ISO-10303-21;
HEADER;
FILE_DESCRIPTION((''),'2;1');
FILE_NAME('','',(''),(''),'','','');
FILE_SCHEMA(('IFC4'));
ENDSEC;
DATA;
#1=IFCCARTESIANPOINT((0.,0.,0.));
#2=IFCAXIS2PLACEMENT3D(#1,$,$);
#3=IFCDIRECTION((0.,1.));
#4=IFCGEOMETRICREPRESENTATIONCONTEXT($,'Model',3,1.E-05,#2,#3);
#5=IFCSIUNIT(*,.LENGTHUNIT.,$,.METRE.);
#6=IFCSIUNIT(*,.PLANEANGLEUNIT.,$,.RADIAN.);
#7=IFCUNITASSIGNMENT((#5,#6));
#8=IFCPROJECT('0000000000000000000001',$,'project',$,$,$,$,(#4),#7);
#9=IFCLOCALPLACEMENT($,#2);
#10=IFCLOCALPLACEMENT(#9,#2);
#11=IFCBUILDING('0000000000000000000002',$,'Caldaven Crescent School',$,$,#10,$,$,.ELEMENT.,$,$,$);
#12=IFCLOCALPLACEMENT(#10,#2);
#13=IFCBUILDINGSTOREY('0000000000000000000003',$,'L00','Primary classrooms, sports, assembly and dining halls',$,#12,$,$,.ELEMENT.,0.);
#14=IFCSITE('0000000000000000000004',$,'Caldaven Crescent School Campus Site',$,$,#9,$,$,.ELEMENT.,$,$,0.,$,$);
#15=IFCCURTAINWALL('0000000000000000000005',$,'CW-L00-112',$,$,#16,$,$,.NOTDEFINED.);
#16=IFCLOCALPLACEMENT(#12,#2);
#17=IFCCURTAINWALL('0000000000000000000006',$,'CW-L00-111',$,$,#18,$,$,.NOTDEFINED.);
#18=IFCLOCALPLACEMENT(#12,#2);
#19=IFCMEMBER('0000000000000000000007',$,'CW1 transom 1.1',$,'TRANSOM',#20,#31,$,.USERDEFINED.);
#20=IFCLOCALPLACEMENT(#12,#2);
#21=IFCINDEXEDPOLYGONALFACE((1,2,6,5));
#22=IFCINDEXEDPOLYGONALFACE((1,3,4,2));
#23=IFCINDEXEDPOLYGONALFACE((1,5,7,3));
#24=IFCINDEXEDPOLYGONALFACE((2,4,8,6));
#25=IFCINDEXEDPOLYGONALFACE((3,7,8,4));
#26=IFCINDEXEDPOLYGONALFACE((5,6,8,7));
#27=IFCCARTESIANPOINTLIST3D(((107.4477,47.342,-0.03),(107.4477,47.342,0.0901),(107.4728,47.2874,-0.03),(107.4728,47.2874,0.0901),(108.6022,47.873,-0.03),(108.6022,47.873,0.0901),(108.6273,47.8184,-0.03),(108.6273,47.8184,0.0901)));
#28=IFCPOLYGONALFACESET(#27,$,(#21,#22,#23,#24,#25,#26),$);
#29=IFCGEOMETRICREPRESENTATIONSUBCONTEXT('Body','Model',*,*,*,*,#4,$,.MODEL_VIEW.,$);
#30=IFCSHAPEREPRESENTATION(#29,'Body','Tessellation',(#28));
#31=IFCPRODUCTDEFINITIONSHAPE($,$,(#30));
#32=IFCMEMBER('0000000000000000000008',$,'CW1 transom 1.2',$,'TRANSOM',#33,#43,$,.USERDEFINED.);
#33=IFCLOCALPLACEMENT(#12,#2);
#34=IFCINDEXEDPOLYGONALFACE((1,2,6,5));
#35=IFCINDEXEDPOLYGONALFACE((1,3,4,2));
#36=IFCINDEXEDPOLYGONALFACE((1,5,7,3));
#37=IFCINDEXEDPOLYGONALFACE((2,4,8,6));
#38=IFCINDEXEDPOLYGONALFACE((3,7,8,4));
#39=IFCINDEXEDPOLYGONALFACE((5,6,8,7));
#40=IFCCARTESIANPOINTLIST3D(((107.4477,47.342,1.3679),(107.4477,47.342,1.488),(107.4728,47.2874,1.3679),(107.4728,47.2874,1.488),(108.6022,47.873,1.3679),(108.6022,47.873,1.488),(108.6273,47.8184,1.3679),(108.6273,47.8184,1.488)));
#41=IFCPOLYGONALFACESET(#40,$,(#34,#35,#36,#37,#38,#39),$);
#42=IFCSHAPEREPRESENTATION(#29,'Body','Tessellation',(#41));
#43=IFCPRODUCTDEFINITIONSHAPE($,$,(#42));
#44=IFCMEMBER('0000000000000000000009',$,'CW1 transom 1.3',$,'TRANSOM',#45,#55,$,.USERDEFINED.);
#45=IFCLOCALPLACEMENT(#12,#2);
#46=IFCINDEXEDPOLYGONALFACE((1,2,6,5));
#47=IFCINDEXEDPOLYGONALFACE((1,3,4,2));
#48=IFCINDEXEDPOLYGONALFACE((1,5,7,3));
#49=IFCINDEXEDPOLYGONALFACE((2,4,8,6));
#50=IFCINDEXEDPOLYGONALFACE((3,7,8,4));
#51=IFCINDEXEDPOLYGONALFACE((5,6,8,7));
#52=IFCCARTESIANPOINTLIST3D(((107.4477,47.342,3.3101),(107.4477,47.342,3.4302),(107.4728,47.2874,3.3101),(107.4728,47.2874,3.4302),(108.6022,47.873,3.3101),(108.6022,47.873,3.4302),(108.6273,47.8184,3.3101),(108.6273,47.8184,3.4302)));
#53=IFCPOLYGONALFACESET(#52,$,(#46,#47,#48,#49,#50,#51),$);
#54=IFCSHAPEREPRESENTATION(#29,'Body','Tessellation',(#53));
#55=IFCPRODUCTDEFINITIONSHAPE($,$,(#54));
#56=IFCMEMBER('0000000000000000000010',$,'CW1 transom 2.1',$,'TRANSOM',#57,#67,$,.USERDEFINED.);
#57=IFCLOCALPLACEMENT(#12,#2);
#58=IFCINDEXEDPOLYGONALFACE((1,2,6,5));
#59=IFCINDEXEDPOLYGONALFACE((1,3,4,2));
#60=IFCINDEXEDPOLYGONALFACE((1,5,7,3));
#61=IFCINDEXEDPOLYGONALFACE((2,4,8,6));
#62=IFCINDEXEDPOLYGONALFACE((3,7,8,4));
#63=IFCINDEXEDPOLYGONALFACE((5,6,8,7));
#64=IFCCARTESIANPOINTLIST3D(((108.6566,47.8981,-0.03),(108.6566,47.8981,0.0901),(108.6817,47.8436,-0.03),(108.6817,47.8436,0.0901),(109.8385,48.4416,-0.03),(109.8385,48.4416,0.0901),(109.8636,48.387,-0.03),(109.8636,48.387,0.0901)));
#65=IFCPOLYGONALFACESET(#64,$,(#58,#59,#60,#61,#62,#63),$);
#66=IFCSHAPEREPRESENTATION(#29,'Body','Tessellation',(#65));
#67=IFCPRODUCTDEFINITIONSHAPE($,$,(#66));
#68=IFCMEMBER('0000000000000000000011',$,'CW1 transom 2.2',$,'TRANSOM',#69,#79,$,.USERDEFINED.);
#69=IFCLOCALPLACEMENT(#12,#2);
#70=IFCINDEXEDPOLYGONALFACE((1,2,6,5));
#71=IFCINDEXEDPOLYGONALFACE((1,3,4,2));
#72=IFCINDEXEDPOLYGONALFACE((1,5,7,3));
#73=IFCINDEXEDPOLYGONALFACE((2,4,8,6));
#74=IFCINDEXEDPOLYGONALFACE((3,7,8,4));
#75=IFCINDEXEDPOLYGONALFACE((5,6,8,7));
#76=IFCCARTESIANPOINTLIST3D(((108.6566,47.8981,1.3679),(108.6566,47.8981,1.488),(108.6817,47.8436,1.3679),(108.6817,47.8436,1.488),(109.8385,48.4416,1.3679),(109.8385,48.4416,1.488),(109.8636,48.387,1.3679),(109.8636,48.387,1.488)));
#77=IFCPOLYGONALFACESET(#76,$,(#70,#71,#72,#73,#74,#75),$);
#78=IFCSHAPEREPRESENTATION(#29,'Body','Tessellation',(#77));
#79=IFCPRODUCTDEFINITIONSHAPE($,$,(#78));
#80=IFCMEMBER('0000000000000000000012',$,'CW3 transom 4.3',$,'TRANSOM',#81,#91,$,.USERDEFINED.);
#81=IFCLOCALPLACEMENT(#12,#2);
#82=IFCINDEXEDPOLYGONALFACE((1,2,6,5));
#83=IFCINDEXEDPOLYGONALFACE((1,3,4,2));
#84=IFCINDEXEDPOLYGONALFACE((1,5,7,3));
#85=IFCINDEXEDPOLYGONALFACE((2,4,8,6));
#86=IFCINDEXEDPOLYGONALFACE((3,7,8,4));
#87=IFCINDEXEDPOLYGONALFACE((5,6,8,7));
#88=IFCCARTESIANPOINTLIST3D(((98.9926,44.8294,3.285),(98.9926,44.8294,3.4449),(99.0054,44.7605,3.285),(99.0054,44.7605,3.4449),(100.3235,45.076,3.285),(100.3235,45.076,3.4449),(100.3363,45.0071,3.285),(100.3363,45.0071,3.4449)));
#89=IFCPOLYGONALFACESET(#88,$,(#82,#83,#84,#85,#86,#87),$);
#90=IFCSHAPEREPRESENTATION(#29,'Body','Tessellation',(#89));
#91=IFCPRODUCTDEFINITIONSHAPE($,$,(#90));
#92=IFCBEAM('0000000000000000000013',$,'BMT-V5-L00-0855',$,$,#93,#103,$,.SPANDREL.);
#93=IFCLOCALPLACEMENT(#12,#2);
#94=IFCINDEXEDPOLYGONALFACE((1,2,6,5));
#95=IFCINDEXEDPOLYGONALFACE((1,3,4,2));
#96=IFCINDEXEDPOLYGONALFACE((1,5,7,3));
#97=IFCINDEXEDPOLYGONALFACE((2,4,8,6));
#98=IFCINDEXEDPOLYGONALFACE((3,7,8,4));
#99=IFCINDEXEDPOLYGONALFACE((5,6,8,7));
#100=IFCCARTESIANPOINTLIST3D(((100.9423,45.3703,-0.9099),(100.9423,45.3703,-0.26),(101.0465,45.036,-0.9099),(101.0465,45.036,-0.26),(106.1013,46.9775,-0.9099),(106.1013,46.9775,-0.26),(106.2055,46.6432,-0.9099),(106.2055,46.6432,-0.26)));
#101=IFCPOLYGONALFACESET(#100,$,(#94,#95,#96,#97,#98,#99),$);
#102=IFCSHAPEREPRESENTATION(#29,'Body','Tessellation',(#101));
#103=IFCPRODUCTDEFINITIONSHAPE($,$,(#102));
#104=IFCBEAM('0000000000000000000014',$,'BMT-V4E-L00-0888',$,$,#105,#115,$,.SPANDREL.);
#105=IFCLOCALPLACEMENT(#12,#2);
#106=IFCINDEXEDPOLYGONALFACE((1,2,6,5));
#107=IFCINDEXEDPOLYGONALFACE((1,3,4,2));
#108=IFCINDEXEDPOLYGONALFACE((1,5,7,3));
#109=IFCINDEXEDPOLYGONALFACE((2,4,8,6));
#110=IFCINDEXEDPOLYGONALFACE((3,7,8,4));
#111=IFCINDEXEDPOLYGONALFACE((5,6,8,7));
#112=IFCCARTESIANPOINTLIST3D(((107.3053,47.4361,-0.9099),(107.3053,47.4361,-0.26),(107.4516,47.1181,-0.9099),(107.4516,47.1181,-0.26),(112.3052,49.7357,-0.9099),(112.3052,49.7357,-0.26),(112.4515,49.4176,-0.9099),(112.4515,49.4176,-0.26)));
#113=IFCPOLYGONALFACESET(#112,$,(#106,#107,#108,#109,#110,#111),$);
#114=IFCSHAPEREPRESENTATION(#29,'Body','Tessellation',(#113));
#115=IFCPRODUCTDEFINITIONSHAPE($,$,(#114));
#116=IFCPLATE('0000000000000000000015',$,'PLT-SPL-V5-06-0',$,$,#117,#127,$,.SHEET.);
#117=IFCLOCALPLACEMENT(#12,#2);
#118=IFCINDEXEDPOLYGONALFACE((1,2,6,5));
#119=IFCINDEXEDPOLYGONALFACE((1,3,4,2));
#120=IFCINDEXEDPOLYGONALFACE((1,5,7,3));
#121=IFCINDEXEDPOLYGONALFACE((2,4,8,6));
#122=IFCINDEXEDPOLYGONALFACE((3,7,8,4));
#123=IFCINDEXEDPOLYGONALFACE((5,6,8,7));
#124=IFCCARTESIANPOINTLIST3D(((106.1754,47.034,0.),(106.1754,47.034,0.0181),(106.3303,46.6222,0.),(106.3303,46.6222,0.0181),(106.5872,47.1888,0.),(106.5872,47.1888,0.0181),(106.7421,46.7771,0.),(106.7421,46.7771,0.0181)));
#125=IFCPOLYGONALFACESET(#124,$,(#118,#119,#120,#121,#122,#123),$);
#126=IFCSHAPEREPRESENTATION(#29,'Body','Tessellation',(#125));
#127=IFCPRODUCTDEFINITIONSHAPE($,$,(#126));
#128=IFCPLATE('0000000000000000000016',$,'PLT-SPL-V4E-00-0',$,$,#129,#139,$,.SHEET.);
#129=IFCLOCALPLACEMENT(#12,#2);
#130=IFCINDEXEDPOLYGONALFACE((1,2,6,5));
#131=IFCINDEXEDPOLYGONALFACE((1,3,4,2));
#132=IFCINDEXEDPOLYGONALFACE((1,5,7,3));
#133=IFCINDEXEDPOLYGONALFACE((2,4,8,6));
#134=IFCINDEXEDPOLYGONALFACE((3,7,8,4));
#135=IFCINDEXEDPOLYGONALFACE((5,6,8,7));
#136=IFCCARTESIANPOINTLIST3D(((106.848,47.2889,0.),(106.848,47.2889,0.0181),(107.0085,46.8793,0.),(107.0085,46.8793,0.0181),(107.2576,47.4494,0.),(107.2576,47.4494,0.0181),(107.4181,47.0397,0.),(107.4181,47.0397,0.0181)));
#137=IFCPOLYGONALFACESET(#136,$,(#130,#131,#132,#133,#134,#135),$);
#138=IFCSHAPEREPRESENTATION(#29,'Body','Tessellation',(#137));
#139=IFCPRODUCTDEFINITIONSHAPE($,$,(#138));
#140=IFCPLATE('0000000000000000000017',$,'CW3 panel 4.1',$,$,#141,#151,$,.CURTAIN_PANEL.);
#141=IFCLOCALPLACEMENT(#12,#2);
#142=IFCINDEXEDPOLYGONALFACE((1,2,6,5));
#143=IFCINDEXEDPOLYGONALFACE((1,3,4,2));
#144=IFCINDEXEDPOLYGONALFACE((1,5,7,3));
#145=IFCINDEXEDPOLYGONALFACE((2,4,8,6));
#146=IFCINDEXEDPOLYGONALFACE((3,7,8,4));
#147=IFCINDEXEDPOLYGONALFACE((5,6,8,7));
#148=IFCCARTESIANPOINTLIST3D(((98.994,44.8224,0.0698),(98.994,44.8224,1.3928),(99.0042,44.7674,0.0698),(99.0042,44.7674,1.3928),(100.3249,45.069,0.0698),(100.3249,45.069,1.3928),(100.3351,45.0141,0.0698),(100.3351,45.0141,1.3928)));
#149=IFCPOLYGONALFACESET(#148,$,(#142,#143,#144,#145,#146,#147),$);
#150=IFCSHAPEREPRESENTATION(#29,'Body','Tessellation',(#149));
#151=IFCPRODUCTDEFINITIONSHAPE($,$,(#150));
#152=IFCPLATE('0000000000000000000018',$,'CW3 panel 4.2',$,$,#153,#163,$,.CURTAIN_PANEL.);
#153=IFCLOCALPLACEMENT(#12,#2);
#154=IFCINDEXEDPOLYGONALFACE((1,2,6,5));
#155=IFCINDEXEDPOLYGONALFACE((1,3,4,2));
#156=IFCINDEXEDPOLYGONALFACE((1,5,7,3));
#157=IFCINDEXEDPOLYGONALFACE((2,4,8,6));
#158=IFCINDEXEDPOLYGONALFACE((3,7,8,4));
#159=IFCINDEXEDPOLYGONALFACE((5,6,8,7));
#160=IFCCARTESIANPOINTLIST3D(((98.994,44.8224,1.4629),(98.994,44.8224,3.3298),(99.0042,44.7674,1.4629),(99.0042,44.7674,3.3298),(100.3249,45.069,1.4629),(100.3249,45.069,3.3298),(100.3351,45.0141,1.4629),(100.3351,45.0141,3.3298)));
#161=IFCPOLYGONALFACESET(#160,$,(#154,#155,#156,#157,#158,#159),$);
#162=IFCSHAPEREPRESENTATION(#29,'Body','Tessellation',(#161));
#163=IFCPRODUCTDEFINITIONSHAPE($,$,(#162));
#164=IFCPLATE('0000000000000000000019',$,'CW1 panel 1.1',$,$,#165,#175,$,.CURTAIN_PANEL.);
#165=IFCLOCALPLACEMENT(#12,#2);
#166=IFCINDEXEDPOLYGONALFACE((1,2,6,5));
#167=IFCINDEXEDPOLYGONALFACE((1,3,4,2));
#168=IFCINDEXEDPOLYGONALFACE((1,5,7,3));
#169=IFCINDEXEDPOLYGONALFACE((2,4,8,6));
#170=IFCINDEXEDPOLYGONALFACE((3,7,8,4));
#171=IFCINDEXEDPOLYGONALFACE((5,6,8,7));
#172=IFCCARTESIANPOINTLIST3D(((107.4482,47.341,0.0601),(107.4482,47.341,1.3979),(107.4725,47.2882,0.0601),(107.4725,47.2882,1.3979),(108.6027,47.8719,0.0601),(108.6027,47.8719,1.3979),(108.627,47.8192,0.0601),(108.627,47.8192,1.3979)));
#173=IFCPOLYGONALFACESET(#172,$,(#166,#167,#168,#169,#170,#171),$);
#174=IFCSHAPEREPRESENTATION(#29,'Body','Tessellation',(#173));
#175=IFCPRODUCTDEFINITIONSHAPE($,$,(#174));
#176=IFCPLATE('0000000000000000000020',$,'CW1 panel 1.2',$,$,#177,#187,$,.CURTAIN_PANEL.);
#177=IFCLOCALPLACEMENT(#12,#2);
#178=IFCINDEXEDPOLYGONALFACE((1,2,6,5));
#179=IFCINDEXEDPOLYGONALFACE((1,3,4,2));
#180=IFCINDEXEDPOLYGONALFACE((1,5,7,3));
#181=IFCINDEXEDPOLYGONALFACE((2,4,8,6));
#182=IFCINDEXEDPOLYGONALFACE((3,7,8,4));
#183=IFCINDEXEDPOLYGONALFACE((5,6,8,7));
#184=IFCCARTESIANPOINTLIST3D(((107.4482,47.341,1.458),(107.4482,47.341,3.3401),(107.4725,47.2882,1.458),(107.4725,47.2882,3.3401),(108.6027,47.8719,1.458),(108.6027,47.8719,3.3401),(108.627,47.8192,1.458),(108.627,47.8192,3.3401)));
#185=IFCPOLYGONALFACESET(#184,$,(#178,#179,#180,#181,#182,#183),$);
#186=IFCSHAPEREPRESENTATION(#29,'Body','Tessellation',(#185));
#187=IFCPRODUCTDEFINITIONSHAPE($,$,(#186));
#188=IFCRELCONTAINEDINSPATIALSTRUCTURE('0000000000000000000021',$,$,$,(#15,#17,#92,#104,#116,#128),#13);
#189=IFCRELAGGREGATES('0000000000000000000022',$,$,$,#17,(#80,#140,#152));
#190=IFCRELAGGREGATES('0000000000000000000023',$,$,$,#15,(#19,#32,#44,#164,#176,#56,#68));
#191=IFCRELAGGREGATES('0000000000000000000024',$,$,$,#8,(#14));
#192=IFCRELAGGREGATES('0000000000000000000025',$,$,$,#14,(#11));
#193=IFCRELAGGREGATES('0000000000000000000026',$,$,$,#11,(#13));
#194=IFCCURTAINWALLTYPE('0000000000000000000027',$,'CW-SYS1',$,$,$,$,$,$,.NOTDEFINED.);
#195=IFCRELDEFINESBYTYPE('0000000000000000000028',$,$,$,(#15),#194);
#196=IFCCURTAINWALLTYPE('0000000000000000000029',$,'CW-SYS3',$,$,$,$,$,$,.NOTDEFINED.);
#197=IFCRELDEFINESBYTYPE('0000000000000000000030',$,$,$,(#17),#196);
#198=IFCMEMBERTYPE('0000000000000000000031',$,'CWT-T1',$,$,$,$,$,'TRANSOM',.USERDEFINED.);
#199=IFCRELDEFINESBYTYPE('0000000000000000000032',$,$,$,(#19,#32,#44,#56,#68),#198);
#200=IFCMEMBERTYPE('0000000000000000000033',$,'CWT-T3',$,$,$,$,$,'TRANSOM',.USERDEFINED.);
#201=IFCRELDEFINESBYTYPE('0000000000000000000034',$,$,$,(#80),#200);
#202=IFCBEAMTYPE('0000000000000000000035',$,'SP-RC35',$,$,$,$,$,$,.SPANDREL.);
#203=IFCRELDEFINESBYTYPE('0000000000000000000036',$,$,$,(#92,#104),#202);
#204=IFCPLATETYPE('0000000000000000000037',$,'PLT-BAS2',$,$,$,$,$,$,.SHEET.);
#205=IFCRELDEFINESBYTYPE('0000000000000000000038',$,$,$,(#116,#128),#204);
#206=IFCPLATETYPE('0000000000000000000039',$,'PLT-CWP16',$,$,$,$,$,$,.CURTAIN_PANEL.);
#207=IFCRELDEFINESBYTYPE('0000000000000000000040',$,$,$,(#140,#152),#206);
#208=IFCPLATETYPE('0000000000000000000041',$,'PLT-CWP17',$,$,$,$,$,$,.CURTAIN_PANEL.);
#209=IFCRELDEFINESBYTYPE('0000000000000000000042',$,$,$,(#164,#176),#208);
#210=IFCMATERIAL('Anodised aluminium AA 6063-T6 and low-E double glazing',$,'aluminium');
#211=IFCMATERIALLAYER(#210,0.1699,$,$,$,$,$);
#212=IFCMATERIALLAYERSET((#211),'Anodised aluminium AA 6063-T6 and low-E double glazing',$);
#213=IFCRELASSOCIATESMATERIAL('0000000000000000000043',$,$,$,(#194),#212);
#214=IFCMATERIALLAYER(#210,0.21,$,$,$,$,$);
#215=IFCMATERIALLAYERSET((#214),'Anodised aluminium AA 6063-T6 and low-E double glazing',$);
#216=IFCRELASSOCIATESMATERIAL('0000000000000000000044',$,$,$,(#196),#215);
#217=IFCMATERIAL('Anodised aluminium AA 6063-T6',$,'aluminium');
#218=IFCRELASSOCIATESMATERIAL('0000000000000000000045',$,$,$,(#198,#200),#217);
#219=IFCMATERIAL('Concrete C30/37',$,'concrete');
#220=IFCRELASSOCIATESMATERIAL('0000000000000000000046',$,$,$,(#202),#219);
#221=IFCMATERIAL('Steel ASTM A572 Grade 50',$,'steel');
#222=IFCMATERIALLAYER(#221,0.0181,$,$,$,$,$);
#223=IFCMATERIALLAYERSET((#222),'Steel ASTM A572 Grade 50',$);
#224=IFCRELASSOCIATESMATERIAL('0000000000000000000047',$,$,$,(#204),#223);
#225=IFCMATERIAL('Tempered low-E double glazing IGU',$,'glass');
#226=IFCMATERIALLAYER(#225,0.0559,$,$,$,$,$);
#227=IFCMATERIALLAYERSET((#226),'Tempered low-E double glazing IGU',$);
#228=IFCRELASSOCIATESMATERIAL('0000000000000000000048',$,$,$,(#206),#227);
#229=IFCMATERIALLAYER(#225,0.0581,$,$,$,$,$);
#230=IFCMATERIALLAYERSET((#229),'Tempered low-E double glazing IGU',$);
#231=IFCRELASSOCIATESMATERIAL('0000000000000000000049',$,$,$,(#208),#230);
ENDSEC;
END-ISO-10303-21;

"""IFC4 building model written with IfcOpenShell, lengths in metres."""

from ifc_helpers import new_model, si_unit, direction, frame, origin, origin_2d, place, context, subcontext, project, spatial, rectangle, extrude, material, layer, layer_set, material_profile, profile_set, type_object, element, aggregate, save


model = new_model("IFC4")

# Units and contexts
model_context = context("Model", 3, precision=1e-05, world=origin(), true_north=direction((0.0, 1.0)))
body_context = subcontext(model_context, "Body", "Model", "MODEL_VIEW")
ifc_project = project(units=[si_unit("LENGTHUNIT", "METRE"), si_unit("PLANEANGLEUNIT", "RADIAN")], contexts=[model_context])

# Site, building, storey
site_placement = place(None, origin())
site = spatial("IfcSite", under=ifc_project, at=site_placement, Name="Caldaven Crescent School Campus Site", CompositionType="ELEMENT", RefElevation=0.0)
building_placement = place(site_placement, origin())
building = spatial("IfcBuilding", under=site, at=building_placement, Name="Caldaven Crescent School", CompositionType="ELEMENT")
storey_placement = place(building_placement, origin())
storey = spatial("IfcBuildingStorey", under=building, at=storey_placement, Name="L00", Description="Primary classrooms, sports, assembly and dining halls", CompositionType="ELEMENT", Elevation=0.0)

# Shared definitions
ifc_material_1 = material(Name="Concrete C30/37", Category="concrete")

# Curtain wall
ifc_material_2 = material(Name="Anodised aluminium AA 6063-T6 and low-E double glazing", Category="aluminium")
ifc_layer_1 = layer(ifc_material_2, 0.1699)
ifc_layer_set_1 = layer_set([ifc_layer_1], Name="Anodised aluminium AA 6063-T6 and low-E double glazing")
curtain_wall_type_1 = type_object("IfcCurtainWallType", Name="CW-SYS1", PredefinedType="NOTDEFINED", material=ifc_layer_set_1)
curtain_wall_1_placement = place(storey_placement, origin())
curtain_wall_1 = element("IfcCurtainWall", 1, at=curtain_wall_1_placement, inside=storey, type_object=curtain_wall_type_1, Name="CW-L00-112", PredefinedType="NOTDEFINED")
ifc_material_3 = material(Name="Anodised aluminium AA 6063-T6", Category="aluminium")

# Curtain wall
ifc_layer_2 = layer(ifc_material_2, 0.21)
ifc_layer_set_2 = layer_set([ifc_layer_2], Name="Anodised aluminium AA 6063-T6 and low-E double glazing")
curtain_wall_type_2 = type_object("IfcCurtainWallType", Name="CW-SYS3", PredefinedType="NOTDEFINED", material=ifc_layer_set_2)
curtain_wall_2_placement = place(storey_placement, origin())
curtain_wall_2 = element("IfcCurtainWall", 2, at=curtain_wall_2_placement, inside=storey, type_object=curtain_wall_type_2, Name="CW-L00-111", PredefinedType="NOTDEFINED")

# Members
ifc_material_profile_1 = material_profile(ifc_material_3, rectangle(XDim=0.0601, YDim=0.1201, at=origin_2d()), Name="CWT 60x120")
ifc_profile_set_1 = profile_set([ifc_material_profile_1], Name="Anodised aluminium AA 6063-T6")
member_type_1 = type_object("IfcMemberType", Name="CWT-T1", ElementType="TRANSOM", PredefinedType="USERDEFINED", material=ifc_profile_set_1)
member_1_placement = place(storey_placement, frame((107.4602, 47.3147, 0.03), z_axis=(0.908515, 0.417852, 0.0), x_axis=(-0.417852, 0.908515, 0.0)))
member_1 = element("IfcMember", 3, at=member_1_placement, type_object=member_type_1, Name="CW1 transom 1.1", ObjectType="TRANSOM", PredefinedType="USERDEFINED", context=body_context, shape_type="SweptSolid", body=[
    extrude(rectangle(XDim=0.0601, YDim=0.1201, at=origin_2d()), origin(), (0.0, 0.0, 1.0), 1.2708),
])
member_2_placement = place(storey_placement, frame((107.4602, 47.3147, 1.428), z_axis=(0.908515, 0.417852, 0.0), x_axis=(-0.417852, 0.908515, 0.0)))
member_2 = element("IfcMember", 4, at=member_2_placement, type_object=member_type_1, Name="CW1 transom 1.2", ObjectType="TRANSOM", PredefinedType="USERDEFINED", context=body_context, shape_type="SweptSolid", body=[
    extrude(rectangle(XDim=0.0601, YDim=0.1201, at=origin_2d()), origin(), (0.0, 0.0, 1.0), 1.2708),
])
member_3_placement = place(storey_placement, frame((107.4602, 47.3147, 3.3701), z_axis=(0.908515, 0.417852, 0.0), x_axis=(-0.417852, 0.908515, 0.0)))
member_3 = element("IfcMember", 5, at=member_3_placement, type_object=member_type_1, Name="CW1 transom 1.3", ObjectType="TRANSOM", PredefinedType="USERDEFINED", context=body_context, shape_type="SweptSolid", body=[
    extrude(rectangle(XDim=0.0601, YDim=0.1201, at=origin_2d()), origin(), (0.0, 0.0, 1.0), 1.2708),
])
member_4_placement = place(storey_placement, frame((108.6692, 47.8708, 0.03), z_axis=(0.908552, 0.417772, 0.0), x_axis=(-0.417772, 0.908552, 0.0)))
member_4 = element("IfcMember", 6, at=member_4_placement, type_object=member_type_1, Name="CW1 transom 2.1", ObjectType="TRANSOM", PredefinedType="USERDEFINED", context=body_context, shape_type="SweptSolid", body=[
    extrude(rectangle(XDim=0.0601, YDim=0.1201, at=origin_2d()), origin(), (0.0, 0.0, 1.0), 1.3008),
])
member_5_placement = place(storey_placement, frame((108.6692, 47.8708, 1.428), z_axis=(0.908552, 0.417772, 0.0), x_axis=(-0.417772, 0.908552, 0.0)))
member_5 = element("IfcMember", 7, at=member_5_placement, type_object=member_type_1, Name="CW1 transom 2.2", ObjectType="TRANSOM", PredefinedType="USERDEFINED", context=body_context, shape_type="SweptSolid", body=[
    extrude(rectangle(XDim=0.0601, YDim=0.1201, at=origin_2d()), origin(), (0.0, 0.0, 1.0), 1.3008),
])
ifc_material_profile_2 = material_profile(ifc_material_3, rectangle(XDim=0.0701, YDim=0.1599, at=origin_2d()), Name="CWT 70x160")
ifc_profile_set_2 = profile_set([ifc_material_profile_2], Name="Anodised aluminium AA 6063-T6")
member_type_2 = type_object("IfcMemberType", Name="CWT-T3", ElementType="TRANSOM", PredefinedType="USERDEFINED", material=ifc_profile_set_2)
member_6_placement = place(storey_placement, frame((98.999, 44.7949, 3.365), z_axis=(0.983264, 0.182186, 0.0), x_axis=(-0.182186, 0.983264, 0.0)))
member_6 = element("IfcMember", 8, at=member_6_placement, type_object=member_type_2, Name="CW3 transom 4.3", ObjectType="TRANSOM", PredefinedType="USERDEFINED", context=body_context, shape_type="SweptSolid", body=[
    extrude(rectangle(XDim=0.0701, YDim=0.1599, at=origin_2d()), origin(), (0.0, 0.0, 1.0), 1.3535),
])

# Beams
ifc_material_profile_3 = material_profile(ifc_material_1, rectangle(XDim=0.3501, YDim=0.6499, at=origin_2d()), Name="RC 350x650")
ifc_profile_set_3 = profile_set([ifc_material_profile_3], Name="Concrete C30/37")
beam_type_1 = type_object("IfcBeamType", Name="SP-RC35", PredefinedType="SPANDREL", material=ifc_profile_set_3)
beam_1_placement = place(storey_placement, frame((100.9944, 45.2031, -0.585), z_axis=(0.954742, 0.297434, 0.0), x_axis=(-0.297434, 0.954742, 0.0)))
element("IfcBeam", 9, at=beam_1_placement, inside=storey, type_object=beam_type_1, Name="BMT-V5-L00-0855", PredefinedType="SPANDREL", context=body_context, shape_type="SweptSolid", body=[
    extrude(rectangle(XDim=0.3501, YDim=0.6499, at=origin_2d()), origin(), (0.0, 0.0, 1.0), 5.4036),
])
beam_2_placement = place(storey_placement, frame((107.3784, 47.2771, -0.585), z_axis=(0.908521, 0.41784, 0.0), x_axis=(-0.41784, 0.908521, 0.0)))
element("IfcBeam", 10, at=beam_2_placement, inside=storey, type_object=beam_type_1, Name="BMT-V4E-L00-0888", PredefinedType="SPANDREL", context=body_context, shape_type="SweptSolid", body=[
    extrude(rectangle(XDim=0.3501, YDim=0.6499, at=origin_2d()), origin(), (0.0, 0.0, 1.0), 5.5034),
])

# Plates
ifc_material_4 = material(Name="Steel ASTM A572 Grade 50", Category="steel")
ifc_layer_3 = layer(ifc_material_4, 0.0181)
ifc_layer_set_3 = layer_set([ifc_layer_3], Name="Steel ASTM A572 Grade 50")
plate_type_1 = type_object("IfcPlateType", Name="PLT-BAS2", PredefinedType="SHEET", material=ifc_layer_set_3)
for number, where, z_axis, x_axis, name in (
    (11, (106.4587, 46.9055, 0.0), (0.0, 0.0, 1.0), (0.352005, -0.935998, 0.0), "PLT-SPL-V5-06-0"),
    (12, (107.1331, 47.1643, 0.0), (0.0, 0.0, 1.0), (0.364714, -0.931119, 0.0), "PLT-SPL-V4E-00-0"),
):
    element("IfcPlate", number, at=place(storey_placement, frame(where, z_axis=z_axis, x_axis=x_axis)), inside=storey, type_object=plate_type_1, Name=name, PredefinedType="SHEET", context=body_context, shape_type="SweptSolid", body=[
        extrude(rectangle(XDim=0.4399, YDim=0.4399, at=origin_2d()), origin(), (0.0, 0.0, 1.0), 0.0181),
    ])

# Plates
ifc_material_5 = material(Name="Tempered low-E double glazing IGU", Category="glass")
ifc_layer_4 = layer(ifc_material_5, 0.0559)
ifc_layer_set_4 = layer_set([ifc_layer_4], Name="Tempered low-E double glazing IGU")
plate_type_2 = type_object("IfcPlateType", Name="PLT-CWP16", PredefinedType="CURTAIN_PANEL", material=ifc_layer_set_4)
plate_1_placement = place(storey_placement, frame((99.6646, 44.9182, 0.0698), z_axis=(0.0, 0.0, 1.0), x_axis=(0.983255, 0.182236, 0.0)))
plate_1 = element("IfcPlate", 13, at=plate_1_placement, type_object=plate_type_2, Name="CW3 panel 4.1", PredefinedType="CURTAIN_PANEL", context=body_context, shape_type="SweptSolid", body=[
    extrude(rectangle(XDim=1.3535, YDim=0.0559, at=origin_2d()), origin(), (0.0, 0.0, 1.0), 1.323),
])
plate_2_placement = place(storey_placement, frame((99.6646, 44.9182, 1.4629), z_axis=(0.0, 0.0, 1.0), x_axis=(0.983255, 0.182236, 0.0)))
plate_2 = element("IfcPlate", 14, at=plate_2_placement, type_object=plate_type_2, Name="CW3 panel 4.2", PredefinedType="CURTAIN_PANEL", context=body_context, shape_type="SweptSolid", body=[
    extrude(rectangle(XDim=1.3535, YDim=0.0559, at=origin_2d()), origin(), (0.0, 0.0, 1.0), 1.8669),
])
aggregate(curtain_wall_2, [member_6, plate_1, plate_2])
ifc_layer_5 = layer(ifc_material_5, 0.0581)
ifc_layer_set_5 = layer_set([ifc_layer_5], Name="Tempered low-E double glazing IGU")
plate_type_3 = type_object("IfcPlateType", Name="PLT-CWP17", PredefinedType="CURTAIN_PANEL", material=ifc_layer_set_5)
plate_3_placement = place(storey_placement, frame((108.0376, 47.5801, 0.0601), z_axis=(0.0, 0.0, 1.0), x_axis=(0.908528, 0.417824, 0.0)))
plate_3 = element("IfcPlate", 15, at=plate_3_placement, type_object=plate_type_3, Name="CW1 panel 1.1", PredefinedType="CURTAIN_PANEL", context=body_context, shape_type="SweptSolid", body=[
    extrude(rectangle(XDim=1.2708, YDim=0.0581, at=origin_2d()), origin(), (0.0, 0.0, 1.0), 1.3379),
])
plate_4_placement = place(storey_placement, frame((108.0376, 47.5801, 1.458), z_axis=(0.0, 0.0, 1.0), x_axis=(0.908528, 0.417824, 0.0)))
plate_4 = element("IfcPlate", 16, at=plate_4_placement, type_object=plate_type_3, Name="CW1 panel 1.2", PredefinedType="CURTAIN_PANEL", context=body_context, shape_type="SweptSolid", body=[
    extrude(rectangle(XDim=1.2708, YDim=0.0581, at=origin_2d()), origin(), (0.0, 0.0, 1.0), 1.8821),
])
aggregate(curtain_wall_1, [member_1, member_2, member_3, plate_3, plate_4, member_4, member_5])

save(model, "model.ifc")
